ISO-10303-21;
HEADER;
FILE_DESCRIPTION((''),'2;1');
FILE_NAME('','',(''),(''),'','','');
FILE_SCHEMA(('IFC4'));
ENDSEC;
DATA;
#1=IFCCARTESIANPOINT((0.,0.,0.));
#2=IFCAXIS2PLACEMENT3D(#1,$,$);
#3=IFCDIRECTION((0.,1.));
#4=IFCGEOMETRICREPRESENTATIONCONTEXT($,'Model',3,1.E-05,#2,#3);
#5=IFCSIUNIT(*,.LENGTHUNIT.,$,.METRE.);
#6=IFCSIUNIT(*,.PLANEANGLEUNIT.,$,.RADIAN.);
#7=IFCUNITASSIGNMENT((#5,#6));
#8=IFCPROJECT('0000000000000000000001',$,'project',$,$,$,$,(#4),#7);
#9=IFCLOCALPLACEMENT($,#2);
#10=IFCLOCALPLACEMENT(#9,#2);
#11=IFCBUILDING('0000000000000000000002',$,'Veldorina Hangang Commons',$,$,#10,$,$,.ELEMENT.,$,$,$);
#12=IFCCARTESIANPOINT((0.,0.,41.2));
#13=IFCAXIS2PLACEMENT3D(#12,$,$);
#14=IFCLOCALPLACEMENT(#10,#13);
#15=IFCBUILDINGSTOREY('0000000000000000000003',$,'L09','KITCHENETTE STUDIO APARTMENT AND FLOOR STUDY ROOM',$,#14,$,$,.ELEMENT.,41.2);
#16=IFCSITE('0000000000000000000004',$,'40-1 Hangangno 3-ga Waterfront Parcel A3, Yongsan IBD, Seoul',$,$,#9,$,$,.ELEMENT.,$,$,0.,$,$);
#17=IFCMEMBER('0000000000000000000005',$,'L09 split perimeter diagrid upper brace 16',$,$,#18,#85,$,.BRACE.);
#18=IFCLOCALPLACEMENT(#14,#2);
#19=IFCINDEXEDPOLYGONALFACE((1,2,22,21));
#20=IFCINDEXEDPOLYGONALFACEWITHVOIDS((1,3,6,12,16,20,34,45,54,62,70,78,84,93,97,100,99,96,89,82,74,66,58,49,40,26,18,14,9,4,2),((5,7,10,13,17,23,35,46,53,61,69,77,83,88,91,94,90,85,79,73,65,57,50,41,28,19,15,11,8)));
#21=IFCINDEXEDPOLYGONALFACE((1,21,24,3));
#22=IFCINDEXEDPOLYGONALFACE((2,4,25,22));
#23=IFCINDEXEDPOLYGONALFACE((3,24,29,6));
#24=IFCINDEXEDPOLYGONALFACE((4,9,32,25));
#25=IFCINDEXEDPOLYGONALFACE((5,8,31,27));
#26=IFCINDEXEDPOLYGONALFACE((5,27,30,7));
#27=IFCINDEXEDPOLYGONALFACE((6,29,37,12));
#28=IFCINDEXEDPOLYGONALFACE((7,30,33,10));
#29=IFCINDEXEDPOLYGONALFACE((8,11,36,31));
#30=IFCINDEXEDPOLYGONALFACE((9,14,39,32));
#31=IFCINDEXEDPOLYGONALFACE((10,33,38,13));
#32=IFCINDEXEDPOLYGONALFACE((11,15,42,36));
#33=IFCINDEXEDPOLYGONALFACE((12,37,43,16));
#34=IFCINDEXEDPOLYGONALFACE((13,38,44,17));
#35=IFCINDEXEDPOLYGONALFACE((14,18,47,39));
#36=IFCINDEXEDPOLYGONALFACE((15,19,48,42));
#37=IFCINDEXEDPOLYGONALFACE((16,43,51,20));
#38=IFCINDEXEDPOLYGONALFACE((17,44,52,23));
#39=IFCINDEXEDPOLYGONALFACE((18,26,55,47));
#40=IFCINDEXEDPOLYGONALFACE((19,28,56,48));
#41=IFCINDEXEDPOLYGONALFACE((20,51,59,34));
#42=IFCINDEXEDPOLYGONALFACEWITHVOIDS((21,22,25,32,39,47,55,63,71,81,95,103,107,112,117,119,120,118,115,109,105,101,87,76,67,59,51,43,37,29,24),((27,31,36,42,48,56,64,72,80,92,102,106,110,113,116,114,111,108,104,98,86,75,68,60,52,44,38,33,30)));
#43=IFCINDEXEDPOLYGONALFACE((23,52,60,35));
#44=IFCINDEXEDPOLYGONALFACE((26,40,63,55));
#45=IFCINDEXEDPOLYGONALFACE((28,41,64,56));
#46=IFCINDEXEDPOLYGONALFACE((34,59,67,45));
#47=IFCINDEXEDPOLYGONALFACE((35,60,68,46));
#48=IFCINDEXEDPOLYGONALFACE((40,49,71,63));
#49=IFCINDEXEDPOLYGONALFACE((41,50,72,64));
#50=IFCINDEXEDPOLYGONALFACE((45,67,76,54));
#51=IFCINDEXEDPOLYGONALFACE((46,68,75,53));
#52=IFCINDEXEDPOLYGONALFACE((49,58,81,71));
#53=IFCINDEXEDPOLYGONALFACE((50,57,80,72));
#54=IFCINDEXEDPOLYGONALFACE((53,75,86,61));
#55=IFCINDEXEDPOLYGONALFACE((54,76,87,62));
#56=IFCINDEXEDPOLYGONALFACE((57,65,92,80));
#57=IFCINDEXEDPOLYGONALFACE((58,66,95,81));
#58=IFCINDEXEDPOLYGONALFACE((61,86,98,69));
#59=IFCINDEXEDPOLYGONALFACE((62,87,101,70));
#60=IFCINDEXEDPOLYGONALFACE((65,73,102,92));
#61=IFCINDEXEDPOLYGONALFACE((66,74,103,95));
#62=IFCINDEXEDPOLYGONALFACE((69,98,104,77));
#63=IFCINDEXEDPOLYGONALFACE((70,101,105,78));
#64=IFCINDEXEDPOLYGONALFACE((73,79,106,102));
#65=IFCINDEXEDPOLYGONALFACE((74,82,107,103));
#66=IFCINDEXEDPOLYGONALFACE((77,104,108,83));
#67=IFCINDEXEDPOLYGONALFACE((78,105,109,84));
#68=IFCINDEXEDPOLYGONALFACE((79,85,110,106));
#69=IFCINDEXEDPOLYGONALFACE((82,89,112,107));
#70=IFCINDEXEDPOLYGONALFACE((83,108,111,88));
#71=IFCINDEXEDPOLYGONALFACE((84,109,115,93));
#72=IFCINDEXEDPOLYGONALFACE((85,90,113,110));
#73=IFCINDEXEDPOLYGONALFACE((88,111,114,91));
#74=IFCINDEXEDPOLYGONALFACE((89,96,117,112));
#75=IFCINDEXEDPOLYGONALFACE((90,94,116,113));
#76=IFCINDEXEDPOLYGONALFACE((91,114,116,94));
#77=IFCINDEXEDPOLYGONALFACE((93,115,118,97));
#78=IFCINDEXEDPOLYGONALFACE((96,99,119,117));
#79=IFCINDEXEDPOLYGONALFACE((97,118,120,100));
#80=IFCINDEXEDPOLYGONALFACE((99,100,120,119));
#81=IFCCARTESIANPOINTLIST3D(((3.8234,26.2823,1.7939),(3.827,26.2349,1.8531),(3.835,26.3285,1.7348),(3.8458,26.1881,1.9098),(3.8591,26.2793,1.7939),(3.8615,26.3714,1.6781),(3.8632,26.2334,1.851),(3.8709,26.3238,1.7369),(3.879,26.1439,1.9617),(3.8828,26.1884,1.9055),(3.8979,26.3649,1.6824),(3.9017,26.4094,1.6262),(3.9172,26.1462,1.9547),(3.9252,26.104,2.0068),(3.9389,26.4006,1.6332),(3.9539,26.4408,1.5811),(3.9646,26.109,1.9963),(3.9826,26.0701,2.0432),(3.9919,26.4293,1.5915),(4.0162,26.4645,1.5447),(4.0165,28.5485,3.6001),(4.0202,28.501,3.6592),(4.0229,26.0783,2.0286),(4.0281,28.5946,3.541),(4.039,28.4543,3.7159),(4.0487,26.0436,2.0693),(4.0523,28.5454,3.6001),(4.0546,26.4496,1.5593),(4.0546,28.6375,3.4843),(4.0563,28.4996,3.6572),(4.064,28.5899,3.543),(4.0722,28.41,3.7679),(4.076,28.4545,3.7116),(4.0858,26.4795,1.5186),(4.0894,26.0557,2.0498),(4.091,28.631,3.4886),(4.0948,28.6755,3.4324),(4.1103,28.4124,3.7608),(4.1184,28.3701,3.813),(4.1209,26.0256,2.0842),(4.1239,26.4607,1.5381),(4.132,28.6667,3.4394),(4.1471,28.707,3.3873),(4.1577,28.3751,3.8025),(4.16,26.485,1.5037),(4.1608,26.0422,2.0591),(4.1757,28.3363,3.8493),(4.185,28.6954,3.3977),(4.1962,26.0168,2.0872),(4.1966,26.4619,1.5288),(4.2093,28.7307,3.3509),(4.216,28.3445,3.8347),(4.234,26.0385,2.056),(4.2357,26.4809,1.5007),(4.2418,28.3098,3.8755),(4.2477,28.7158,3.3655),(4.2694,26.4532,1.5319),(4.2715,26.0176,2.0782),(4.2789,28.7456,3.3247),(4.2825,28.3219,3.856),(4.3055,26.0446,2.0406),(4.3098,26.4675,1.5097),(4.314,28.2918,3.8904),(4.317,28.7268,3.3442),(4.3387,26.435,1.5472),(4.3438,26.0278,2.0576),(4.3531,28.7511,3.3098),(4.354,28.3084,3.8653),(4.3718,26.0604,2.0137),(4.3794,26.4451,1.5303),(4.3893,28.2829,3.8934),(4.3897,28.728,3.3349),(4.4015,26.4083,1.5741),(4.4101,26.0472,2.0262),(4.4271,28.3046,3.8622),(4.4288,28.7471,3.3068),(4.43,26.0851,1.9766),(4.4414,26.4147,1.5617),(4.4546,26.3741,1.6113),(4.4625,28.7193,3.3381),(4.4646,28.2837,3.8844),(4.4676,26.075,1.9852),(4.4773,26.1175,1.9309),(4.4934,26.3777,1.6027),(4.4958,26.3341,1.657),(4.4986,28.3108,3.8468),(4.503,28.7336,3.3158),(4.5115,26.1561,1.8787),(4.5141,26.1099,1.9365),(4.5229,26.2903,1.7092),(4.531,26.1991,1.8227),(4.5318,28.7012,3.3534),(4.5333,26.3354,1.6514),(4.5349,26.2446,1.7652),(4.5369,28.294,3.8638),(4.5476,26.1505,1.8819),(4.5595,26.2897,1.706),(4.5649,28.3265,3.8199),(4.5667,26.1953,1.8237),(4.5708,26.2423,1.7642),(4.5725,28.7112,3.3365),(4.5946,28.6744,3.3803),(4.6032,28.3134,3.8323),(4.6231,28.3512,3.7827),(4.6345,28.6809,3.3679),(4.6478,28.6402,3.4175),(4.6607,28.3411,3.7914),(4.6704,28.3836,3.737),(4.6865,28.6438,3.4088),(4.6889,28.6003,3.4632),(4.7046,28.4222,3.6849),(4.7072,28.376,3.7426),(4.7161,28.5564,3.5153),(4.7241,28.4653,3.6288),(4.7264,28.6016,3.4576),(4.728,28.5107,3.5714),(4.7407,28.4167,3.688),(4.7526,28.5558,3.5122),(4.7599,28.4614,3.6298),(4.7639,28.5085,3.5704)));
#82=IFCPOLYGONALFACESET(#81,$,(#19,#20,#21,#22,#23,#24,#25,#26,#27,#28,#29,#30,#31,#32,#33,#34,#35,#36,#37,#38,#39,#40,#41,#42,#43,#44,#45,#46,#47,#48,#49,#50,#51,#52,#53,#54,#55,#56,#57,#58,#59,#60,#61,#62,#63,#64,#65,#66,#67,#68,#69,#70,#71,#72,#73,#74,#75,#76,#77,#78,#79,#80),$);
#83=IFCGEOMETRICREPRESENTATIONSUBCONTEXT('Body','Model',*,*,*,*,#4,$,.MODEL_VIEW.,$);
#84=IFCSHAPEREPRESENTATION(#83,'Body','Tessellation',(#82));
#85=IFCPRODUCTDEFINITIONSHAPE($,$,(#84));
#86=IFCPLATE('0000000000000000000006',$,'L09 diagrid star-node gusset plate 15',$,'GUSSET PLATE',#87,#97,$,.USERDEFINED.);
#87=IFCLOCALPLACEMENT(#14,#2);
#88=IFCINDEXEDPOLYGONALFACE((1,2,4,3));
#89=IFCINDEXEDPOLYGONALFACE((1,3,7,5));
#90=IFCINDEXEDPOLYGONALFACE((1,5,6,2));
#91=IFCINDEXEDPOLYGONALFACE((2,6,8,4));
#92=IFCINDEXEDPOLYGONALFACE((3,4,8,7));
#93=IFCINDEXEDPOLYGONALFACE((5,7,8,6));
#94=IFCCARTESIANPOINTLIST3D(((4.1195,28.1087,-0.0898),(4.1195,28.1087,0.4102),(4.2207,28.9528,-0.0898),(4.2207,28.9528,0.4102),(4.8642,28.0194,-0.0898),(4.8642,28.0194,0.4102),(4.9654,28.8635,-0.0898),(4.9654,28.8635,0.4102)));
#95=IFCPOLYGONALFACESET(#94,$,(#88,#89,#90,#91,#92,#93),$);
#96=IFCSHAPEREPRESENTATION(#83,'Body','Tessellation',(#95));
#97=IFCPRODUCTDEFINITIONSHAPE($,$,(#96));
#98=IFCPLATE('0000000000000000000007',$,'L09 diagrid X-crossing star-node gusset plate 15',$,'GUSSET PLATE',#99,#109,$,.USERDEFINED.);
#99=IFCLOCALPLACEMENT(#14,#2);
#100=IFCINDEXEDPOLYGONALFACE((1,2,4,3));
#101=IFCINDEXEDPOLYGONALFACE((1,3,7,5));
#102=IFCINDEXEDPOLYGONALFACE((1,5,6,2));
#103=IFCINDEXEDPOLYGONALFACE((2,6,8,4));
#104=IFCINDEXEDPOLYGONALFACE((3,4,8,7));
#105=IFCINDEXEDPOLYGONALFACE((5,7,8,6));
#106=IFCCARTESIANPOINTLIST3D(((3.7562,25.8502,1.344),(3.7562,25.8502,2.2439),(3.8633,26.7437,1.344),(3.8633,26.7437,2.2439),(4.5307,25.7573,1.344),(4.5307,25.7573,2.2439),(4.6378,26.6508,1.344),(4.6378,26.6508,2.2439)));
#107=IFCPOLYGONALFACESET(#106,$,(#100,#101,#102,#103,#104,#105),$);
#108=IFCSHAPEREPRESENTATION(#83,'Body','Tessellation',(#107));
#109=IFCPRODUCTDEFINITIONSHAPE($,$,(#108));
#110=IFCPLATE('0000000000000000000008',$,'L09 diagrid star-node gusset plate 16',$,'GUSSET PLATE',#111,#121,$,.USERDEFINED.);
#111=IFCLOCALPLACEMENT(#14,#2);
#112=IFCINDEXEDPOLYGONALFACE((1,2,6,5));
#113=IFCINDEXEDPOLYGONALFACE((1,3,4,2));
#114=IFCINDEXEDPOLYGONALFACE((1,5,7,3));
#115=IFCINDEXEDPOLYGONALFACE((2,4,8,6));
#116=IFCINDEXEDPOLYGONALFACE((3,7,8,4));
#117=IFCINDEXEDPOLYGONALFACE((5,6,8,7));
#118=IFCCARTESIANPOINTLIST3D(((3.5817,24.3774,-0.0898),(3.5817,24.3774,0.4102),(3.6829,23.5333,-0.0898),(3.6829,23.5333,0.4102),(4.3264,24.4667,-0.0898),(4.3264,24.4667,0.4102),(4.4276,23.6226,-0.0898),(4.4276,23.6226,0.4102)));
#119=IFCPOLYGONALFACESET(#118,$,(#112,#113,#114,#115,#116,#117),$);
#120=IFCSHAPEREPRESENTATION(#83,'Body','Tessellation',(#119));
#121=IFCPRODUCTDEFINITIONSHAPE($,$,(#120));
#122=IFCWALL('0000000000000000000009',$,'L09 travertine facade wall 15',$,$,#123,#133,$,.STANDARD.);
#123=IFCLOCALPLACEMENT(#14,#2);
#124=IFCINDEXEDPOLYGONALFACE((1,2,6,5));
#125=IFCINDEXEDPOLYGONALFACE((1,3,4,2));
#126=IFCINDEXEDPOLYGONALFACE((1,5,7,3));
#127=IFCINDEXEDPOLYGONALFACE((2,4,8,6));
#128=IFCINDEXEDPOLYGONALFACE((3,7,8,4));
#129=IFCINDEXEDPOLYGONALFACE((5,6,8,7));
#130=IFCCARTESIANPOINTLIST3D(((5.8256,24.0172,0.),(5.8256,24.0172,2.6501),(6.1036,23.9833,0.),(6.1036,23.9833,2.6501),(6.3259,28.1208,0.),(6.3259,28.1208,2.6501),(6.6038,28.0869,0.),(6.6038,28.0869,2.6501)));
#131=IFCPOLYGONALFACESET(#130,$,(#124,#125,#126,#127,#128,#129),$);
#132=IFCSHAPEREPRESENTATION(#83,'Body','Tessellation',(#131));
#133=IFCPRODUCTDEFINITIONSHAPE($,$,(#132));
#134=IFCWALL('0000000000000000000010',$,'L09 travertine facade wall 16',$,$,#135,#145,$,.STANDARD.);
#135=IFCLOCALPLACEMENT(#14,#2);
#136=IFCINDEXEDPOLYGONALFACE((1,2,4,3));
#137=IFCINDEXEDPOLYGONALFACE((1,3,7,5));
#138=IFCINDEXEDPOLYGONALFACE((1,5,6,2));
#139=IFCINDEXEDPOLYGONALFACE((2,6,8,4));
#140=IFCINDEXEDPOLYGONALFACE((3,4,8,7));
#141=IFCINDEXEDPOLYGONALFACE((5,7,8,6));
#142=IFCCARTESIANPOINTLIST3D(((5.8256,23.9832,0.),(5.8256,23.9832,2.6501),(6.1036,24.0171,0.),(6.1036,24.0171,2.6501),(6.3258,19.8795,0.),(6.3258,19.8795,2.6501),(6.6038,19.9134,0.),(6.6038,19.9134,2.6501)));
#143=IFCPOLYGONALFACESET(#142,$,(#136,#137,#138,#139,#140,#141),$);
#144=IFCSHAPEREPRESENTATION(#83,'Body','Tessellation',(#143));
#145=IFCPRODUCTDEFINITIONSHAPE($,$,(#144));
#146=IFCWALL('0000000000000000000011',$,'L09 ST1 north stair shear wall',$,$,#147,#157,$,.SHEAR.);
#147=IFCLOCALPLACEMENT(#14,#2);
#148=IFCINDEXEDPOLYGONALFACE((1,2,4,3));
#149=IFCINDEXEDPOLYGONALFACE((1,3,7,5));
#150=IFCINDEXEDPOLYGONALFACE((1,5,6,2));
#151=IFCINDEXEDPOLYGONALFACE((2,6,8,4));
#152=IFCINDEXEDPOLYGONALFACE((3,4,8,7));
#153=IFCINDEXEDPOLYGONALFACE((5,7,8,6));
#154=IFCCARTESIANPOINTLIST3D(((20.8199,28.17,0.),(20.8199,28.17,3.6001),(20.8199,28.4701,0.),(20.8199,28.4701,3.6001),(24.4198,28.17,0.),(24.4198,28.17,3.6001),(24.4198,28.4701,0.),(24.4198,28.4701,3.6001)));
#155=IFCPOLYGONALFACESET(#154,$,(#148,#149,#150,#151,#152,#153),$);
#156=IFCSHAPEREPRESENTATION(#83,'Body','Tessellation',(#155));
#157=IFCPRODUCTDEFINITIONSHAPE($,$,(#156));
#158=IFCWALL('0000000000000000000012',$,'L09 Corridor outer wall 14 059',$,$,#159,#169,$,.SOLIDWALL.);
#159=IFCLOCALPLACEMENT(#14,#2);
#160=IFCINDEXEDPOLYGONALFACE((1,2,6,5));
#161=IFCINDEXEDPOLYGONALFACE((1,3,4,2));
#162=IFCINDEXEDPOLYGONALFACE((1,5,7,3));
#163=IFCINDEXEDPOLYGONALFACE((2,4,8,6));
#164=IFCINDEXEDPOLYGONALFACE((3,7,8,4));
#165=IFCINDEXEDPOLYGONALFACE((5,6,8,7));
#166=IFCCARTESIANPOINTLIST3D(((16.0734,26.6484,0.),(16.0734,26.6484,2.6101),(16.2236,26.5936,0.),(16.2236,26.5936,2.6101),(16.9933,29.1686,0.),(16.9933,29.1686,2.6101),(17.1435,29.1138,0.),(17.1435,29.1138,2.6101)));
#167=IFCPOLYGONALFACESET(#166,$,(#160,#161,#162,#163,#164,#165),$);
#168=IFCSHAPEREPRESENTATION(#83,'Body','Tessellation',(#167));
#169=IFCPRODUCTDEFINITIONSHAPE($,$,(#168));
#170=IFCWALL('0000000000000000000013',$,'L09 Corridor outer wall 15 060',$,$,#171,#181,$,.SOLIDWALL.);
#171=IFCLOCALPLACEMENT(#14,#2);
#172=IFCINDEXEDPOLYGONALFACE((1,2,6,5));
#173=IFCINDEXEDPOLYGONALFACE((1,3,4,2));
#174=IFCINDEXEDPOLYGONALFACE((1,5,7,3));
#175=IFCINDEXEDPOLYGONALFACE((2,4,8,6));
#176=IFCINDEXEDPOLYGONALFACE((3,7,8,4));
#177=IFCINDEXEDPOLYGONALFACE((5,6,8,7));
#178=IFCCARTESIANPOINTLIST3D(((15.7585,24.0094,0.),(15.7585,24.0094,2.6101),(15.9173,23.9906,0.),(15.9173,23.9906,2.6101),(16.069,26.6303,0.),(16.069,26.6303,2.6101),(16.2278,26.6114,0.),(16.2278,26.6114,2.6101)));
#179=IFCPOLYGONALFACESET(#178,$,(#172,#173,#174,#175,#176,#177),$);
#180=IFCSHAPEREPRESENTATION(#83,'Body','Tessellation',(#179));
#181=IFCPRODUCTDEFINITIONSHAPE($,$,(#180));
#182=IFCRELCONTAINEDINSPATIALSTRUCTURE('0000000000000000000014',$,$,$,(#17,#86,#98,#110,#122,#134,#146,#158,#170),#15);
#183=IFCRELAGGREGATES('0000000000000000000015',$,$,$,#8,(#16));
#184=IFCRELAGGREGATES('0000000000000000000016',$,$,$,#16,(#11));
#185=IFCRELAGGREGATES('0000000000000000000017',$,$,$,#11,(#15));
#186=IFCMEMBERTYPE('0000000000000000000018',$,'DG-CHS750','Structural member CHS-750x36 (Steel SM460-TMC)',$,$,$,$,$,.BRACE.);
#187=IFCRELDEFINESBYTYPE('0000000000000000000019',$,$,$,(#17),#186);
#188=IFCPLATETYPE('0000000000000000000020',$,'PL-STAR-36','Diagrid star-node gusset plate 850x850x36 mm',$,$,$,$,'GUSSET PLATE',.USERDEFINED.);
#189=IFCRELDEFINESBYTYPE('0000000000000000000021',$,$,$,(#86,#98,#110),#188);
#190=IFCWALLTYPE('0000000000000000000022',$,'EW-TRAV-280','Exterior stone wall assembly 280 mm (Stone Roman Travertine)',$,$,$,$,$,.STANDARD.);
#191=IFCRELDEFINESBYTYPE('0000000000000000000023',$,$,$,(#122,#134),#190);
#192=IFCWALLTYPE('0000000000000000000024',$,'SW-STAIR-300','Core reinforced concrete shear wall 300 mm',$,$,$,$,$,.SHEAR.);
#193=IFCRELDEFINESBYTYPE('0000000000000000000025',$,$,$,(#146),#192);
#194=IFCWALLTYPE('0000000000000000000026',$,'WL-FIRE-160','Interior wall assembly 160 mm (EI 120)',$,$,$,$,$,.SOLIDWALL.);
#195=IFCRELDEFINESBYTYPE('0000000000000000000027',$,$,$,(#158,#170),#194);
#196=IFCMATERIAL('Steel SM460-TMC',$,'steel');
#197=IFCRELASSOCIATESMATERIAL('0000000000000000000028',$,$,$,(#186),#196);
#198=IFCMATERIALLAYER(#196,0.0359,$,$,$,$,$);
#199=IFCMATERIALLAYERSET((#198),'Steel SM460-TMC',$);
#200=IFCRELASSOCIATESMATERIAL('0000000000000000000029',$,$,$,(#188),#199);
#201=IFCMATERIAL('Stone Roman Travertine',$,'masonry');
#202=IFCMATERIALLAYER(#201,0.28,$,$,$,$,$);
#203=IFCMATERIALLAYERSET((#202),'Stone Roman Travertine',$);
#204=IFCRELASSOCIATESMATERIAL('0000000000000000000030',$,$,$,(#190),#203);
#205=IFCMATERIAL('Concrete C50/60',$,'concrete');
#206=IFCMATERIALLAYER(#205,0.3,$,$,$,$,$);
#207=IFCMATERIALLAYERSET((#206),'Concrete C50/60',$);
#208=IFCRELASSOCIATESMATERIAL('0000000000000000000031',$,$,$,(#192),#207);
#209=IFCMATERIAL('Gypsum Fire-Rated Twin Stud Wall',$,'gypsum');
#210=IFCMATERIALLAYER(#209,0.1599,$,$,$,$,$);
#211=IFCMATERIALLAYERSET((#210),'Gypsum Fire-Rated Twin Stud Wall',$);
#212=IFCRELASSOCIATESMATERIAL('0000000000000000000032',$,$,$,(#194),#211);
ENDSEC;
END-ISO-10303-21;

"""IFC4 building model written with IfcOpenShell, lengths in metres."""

from ifc_helpers import new_model, si_unit, direction, frame, frame_2d, origin, origin_2d, place, context, subcontext, project, spatial, rectangle, hollow_circle, extrude, material, layer, layer_set, material_profile, profile_set, type_object, element, save


model = new_model("IFC4")

# Units and contexts
model_context = context("Model", 3, precision=1e-05, world=origin(), true_north=direction((0.0, 1.0)))
body_context = subcontext(model_context, "Body", "Model", "MODEL_VIEW")
ifc_project = project(units=[si_unit("LENGTHUNIT", "METRE"), si_unit("PLANEANGLEUNIT", "RADIAN")], contexts=[model_context])

# Site, building, storey
site_placement = place(None, origin())
site = spatial("IfcSite", under=ifc_project, at=site_placement, Name="40-1 Hangangno 3-ga Waterfront Parcel A3, Yongsan IBD, Seoul", CompositionType="ELEMENT", RefElevation=0.0)
building_placement = place(site_placement, origin())
building = spatial("IfcBuilding", under=site, at=building_placement, Name="Veldorina Hangang Commons", CompositionType="ELEMENT")
storey_placement = place(building_placement, frame((0.0, 0.0, 41.2)))
storey = spatial("IfcBuildingStorey", under=building, at=storey_placement, Name="L09", Description="KITCHENETTE STUDIO APARTMENT AND FLOOR STUDY ROOM", CompositionType="ELEMENT", Elevation=41.2)

# Shared definitions
ifc_material_1 = material(Name="Steel SM460-TMC", Category="steel")

# Member
ifc_material_profile_1 = material_profile(ifc_material_1, hollow_circle(Radius=0.375, WallThickness=0.0359, at=origin_2d()), Name="CHS-750x36")
ifc_profile_set_1 = profile_set([ifc_material_profile_1], Name="Steel SM460-TMC")
member_type = type_object("IfcMemberType", Name="DG-CHS750", Description="Structural member CHS-750x36 (Steel SM460-TMC)", PredefinedType="BRACE", material=ifc_profile_set_1)
member_1_placement = place(storey_placement, frame((4.197, 26.2505, 1.7939), z_axis=(0.066494, 0.780271, 0.621897), x_axis=(-0.996389, 0.084911, 0.0)))
element("IfcMember", 1, at=member_1_placement, inside=storey, type_object=member_type, Name="L09 split perimeter diagrid upper brace 16", PredefinedType="BRACE", context=body_context, shape_type="SweptSolid", body=[
    extrude(hollow_circle(Radius=0.375, WallThickness=0.0359, at=origin_2d()), origin(), (0.0, 0.0, 1.0), 2.9043),
])

# Plates
ifc_layer_1 = layer(ifc_material_1, 0.0359)
ifc_layer_set_1 = layer_set([ifc_layer_1], Name="Steel SM460-TMC")
plate_type = type_object("IfcPlateType", Name="PL-STAR-36", Description="Diagrid star-node gusset plate 850x850x36 mm", ElementType="GUSSET PLATE", PredefinedType="USERDEFINED", material=ifc_layer_set_1)
plate_1_placement = place(storey_placement, frame((4.5425, 28.4861, -0.0898), z_axis=(0.0, 0.0, 1.0), x_axis=(-0.119045, -0.992889, 0.0)))
element("IfcPlate", 2, at=plate_1_placement, inside=storey, type_object=plate_type, Name="L09 diagrid star-node gusset plate 15", ObjectType="GUSSET PLATE", PredefinedType="USERDEFINED", context=body_context, shape_type="SweptSolid", body=[
    extrude(rectangle(XDim=0.8501, YDim=0.75, at=origin_2d()), origin(), (0.0, 0.0, 1.0), 0.5),
])
plate_2_placement = place(storey_placement, frame((4.197, 26.2505, 1.344), z_axis=(0.0, 0.0, 1.0), x_axis=(-0.119045, -0.992889, 0.0)))
element("IfcPlate", 3, at=plate_2_placement, inside=storey, type_object=plate_type, Name="L09 diagrid X-crossing star-node gusset plate 15", ObjectType="GUSSET PLATE", PredefinedType="USERDEFINED", context=body_context, shape_type="SweptSolid", body=[
    extrude(rectangle(XDim=0.8999, YDim=0.78, at=origin_2d()), origin(), (0.0, 0.0, 1.0), 0.8999),
])
plate_3_placement = place(storey_placement, frame((4.0046, 24.0, -0.0898), z_axis=(0.0, 0.0, 1.0), x_axis=(0.119045, -0.992889, 0.0)))
element("IfcPlate", 4, at=plate_3_placement, inside=storey, type_object=plate_type, Name="L09 diagrid star-node gusset plate 16", ObjectType="GUSSET PLATE", PredefinedType="USERDEFINED", context=body_context, shape_type="SweptSolid", body=[
    extrude(rectangle(XDim=0.8501, YDim=0.75, at=origin_2d()), origin(), (0.0, 0.0, 1.0), 0.5),
])

# Walls
ifc_material_2 = material(Name="Stone Roman Travertine", Category="masonry")
ifc_layer_2 = layer(ifc_material_2, 0.28)
ifc_layer_set_2 = layer_set([ifc_layer_2], Name="Stone Roman Travertine")
wall_type_1 = type_object("IfcWallType", Name="EW-TRAV-280", Description="Exterior stone wall assembly 280 mm (Stone Roman Travertine)", PredefinedType="STANDARD", material=ifc_layer_set_2)
for number, where, z_axis, x_axis, name in (
    (5, (6.4648, 28.1038, 0.0), (0.0, 0.0, 1.0), (-0.121003, -0.992652, 0.0), "L09 travertine facade wall 15"),
    (6, (5.9646, 24.0, 0.0), (0.0, 0.0, 1.0), (0.121003, -0.992652, 0.0), "L09 travertine facade wall 16"),
):
    element("IfcWall", number, at=place(storey_placement, frame(where, z_axis=z_axis, x_axis=x_axis)), inside=storey, type_object=wall_type_1, Name=name, PredefinedType="STANDARD", context=body_context, shape_type="SweptSolid", body=[
        extrude(rectangle(XDim=4.134, YDim=0.28, at=frame_2d((2.0669, 0.0))), origin(), (0.0, 0.0, 1.0), 2.6501),
    ])
ifc_material_3 = material(Name="Concrete C50/60", Category="concrete")
ifc_layer_3 = layer(ifc_material_3, 0.3)
ifc_layer_set_3 = layer_set([ifc_layer_3], Name="Concrete C50/60")
wall_type_2 = type_object("IfcWallType", Name="SW-STAIR-300", Description="Core reinforced concrete shear wall 300 mm", PredefinedType="SHEAR", material=ifc_layer_set_3)
wall_1_placement = place(storey_placement, frame((20.8201, 28.3201, 0.0), z_axis=(0.0, 0.0, 1.0), x_axis=(1.0, 0.0, 0.0)))
element("IfcWall", 7, at=wall_1_placement, inside=storey, type_object=wall_type_2, Name="L09 ST1 north stair shear wall", PredefinedType="SHEAR", context=body_context, shape_type="SweptSolid", body=[
    extrude(rectangle(XDim=3.5999, YDim=0.3, at=frame_2d((1.7998, 0.0))), origin(), (0.0, 0.0, 1.0), 3.6001),
])
ifc_material_4 = material(Name="Gypsum Fire-Rated Twin Stud Wall", Category="gypsum")
ifc_layer_4 = layer(ifc_material_4, 0.1599)
ifc_layer_set_4 = layer_set([ifc_layer_4], Name="Gypsum Fire-Rated Twin Stud Wall")
wall_type_3 = type_object("IfcWallType", Name="WL-FIRE-160", Description="Interior wall assembly 160 mm (EI 120)", PredefinedType="SOLIDWALL", material=ifc_layer_set_4)
wall_2_placement = place(storey_placement, frame((17.0684, 29.1411, 0.0), z_axis=(0.0, 0.0, 1.0), x_axis=(-0.342883, -0.939378, 0.0)))
element("IfcWall", 8, at=wall_2_placement, inside=storey, type_object=wall_type_3, Name="L09 Corridor outer wall 14 059", PredefinedType="SOLIDWALL", context=body_context, shape_type="SweptSolid", body=[
    extrude(rectangle(XDim=2.6829, YDim=0.1599, at=frame_2d((1.3413, 0.0))), origin(), (0.0, 0.0, 1.0), 2.6101),
])
wall_3_placement = place(storey_placement, frame((16.1484, 26.6208, 0.0), z_axis=(0.0, 0.0, 1.0), x_axis=(-0.117668, -0.993053, 0.0)))
element("IfcWall", 9, at=wall_3_placement, inside=storey, type_object=wall_type_3, Name="L09 Corridor outer wall 15 060", PredefinedType="SOLIDWALL", context=body_context, shape_type="SweptSolid", body=[
    extrude(rectangle(XDim=2.6392, YDim=0.1599, at=frame_2d((1.3196, 0.0))), origin(), (0.0, 0.0, 1.0), 2.6101),
])

save(model, "model.ifc")
